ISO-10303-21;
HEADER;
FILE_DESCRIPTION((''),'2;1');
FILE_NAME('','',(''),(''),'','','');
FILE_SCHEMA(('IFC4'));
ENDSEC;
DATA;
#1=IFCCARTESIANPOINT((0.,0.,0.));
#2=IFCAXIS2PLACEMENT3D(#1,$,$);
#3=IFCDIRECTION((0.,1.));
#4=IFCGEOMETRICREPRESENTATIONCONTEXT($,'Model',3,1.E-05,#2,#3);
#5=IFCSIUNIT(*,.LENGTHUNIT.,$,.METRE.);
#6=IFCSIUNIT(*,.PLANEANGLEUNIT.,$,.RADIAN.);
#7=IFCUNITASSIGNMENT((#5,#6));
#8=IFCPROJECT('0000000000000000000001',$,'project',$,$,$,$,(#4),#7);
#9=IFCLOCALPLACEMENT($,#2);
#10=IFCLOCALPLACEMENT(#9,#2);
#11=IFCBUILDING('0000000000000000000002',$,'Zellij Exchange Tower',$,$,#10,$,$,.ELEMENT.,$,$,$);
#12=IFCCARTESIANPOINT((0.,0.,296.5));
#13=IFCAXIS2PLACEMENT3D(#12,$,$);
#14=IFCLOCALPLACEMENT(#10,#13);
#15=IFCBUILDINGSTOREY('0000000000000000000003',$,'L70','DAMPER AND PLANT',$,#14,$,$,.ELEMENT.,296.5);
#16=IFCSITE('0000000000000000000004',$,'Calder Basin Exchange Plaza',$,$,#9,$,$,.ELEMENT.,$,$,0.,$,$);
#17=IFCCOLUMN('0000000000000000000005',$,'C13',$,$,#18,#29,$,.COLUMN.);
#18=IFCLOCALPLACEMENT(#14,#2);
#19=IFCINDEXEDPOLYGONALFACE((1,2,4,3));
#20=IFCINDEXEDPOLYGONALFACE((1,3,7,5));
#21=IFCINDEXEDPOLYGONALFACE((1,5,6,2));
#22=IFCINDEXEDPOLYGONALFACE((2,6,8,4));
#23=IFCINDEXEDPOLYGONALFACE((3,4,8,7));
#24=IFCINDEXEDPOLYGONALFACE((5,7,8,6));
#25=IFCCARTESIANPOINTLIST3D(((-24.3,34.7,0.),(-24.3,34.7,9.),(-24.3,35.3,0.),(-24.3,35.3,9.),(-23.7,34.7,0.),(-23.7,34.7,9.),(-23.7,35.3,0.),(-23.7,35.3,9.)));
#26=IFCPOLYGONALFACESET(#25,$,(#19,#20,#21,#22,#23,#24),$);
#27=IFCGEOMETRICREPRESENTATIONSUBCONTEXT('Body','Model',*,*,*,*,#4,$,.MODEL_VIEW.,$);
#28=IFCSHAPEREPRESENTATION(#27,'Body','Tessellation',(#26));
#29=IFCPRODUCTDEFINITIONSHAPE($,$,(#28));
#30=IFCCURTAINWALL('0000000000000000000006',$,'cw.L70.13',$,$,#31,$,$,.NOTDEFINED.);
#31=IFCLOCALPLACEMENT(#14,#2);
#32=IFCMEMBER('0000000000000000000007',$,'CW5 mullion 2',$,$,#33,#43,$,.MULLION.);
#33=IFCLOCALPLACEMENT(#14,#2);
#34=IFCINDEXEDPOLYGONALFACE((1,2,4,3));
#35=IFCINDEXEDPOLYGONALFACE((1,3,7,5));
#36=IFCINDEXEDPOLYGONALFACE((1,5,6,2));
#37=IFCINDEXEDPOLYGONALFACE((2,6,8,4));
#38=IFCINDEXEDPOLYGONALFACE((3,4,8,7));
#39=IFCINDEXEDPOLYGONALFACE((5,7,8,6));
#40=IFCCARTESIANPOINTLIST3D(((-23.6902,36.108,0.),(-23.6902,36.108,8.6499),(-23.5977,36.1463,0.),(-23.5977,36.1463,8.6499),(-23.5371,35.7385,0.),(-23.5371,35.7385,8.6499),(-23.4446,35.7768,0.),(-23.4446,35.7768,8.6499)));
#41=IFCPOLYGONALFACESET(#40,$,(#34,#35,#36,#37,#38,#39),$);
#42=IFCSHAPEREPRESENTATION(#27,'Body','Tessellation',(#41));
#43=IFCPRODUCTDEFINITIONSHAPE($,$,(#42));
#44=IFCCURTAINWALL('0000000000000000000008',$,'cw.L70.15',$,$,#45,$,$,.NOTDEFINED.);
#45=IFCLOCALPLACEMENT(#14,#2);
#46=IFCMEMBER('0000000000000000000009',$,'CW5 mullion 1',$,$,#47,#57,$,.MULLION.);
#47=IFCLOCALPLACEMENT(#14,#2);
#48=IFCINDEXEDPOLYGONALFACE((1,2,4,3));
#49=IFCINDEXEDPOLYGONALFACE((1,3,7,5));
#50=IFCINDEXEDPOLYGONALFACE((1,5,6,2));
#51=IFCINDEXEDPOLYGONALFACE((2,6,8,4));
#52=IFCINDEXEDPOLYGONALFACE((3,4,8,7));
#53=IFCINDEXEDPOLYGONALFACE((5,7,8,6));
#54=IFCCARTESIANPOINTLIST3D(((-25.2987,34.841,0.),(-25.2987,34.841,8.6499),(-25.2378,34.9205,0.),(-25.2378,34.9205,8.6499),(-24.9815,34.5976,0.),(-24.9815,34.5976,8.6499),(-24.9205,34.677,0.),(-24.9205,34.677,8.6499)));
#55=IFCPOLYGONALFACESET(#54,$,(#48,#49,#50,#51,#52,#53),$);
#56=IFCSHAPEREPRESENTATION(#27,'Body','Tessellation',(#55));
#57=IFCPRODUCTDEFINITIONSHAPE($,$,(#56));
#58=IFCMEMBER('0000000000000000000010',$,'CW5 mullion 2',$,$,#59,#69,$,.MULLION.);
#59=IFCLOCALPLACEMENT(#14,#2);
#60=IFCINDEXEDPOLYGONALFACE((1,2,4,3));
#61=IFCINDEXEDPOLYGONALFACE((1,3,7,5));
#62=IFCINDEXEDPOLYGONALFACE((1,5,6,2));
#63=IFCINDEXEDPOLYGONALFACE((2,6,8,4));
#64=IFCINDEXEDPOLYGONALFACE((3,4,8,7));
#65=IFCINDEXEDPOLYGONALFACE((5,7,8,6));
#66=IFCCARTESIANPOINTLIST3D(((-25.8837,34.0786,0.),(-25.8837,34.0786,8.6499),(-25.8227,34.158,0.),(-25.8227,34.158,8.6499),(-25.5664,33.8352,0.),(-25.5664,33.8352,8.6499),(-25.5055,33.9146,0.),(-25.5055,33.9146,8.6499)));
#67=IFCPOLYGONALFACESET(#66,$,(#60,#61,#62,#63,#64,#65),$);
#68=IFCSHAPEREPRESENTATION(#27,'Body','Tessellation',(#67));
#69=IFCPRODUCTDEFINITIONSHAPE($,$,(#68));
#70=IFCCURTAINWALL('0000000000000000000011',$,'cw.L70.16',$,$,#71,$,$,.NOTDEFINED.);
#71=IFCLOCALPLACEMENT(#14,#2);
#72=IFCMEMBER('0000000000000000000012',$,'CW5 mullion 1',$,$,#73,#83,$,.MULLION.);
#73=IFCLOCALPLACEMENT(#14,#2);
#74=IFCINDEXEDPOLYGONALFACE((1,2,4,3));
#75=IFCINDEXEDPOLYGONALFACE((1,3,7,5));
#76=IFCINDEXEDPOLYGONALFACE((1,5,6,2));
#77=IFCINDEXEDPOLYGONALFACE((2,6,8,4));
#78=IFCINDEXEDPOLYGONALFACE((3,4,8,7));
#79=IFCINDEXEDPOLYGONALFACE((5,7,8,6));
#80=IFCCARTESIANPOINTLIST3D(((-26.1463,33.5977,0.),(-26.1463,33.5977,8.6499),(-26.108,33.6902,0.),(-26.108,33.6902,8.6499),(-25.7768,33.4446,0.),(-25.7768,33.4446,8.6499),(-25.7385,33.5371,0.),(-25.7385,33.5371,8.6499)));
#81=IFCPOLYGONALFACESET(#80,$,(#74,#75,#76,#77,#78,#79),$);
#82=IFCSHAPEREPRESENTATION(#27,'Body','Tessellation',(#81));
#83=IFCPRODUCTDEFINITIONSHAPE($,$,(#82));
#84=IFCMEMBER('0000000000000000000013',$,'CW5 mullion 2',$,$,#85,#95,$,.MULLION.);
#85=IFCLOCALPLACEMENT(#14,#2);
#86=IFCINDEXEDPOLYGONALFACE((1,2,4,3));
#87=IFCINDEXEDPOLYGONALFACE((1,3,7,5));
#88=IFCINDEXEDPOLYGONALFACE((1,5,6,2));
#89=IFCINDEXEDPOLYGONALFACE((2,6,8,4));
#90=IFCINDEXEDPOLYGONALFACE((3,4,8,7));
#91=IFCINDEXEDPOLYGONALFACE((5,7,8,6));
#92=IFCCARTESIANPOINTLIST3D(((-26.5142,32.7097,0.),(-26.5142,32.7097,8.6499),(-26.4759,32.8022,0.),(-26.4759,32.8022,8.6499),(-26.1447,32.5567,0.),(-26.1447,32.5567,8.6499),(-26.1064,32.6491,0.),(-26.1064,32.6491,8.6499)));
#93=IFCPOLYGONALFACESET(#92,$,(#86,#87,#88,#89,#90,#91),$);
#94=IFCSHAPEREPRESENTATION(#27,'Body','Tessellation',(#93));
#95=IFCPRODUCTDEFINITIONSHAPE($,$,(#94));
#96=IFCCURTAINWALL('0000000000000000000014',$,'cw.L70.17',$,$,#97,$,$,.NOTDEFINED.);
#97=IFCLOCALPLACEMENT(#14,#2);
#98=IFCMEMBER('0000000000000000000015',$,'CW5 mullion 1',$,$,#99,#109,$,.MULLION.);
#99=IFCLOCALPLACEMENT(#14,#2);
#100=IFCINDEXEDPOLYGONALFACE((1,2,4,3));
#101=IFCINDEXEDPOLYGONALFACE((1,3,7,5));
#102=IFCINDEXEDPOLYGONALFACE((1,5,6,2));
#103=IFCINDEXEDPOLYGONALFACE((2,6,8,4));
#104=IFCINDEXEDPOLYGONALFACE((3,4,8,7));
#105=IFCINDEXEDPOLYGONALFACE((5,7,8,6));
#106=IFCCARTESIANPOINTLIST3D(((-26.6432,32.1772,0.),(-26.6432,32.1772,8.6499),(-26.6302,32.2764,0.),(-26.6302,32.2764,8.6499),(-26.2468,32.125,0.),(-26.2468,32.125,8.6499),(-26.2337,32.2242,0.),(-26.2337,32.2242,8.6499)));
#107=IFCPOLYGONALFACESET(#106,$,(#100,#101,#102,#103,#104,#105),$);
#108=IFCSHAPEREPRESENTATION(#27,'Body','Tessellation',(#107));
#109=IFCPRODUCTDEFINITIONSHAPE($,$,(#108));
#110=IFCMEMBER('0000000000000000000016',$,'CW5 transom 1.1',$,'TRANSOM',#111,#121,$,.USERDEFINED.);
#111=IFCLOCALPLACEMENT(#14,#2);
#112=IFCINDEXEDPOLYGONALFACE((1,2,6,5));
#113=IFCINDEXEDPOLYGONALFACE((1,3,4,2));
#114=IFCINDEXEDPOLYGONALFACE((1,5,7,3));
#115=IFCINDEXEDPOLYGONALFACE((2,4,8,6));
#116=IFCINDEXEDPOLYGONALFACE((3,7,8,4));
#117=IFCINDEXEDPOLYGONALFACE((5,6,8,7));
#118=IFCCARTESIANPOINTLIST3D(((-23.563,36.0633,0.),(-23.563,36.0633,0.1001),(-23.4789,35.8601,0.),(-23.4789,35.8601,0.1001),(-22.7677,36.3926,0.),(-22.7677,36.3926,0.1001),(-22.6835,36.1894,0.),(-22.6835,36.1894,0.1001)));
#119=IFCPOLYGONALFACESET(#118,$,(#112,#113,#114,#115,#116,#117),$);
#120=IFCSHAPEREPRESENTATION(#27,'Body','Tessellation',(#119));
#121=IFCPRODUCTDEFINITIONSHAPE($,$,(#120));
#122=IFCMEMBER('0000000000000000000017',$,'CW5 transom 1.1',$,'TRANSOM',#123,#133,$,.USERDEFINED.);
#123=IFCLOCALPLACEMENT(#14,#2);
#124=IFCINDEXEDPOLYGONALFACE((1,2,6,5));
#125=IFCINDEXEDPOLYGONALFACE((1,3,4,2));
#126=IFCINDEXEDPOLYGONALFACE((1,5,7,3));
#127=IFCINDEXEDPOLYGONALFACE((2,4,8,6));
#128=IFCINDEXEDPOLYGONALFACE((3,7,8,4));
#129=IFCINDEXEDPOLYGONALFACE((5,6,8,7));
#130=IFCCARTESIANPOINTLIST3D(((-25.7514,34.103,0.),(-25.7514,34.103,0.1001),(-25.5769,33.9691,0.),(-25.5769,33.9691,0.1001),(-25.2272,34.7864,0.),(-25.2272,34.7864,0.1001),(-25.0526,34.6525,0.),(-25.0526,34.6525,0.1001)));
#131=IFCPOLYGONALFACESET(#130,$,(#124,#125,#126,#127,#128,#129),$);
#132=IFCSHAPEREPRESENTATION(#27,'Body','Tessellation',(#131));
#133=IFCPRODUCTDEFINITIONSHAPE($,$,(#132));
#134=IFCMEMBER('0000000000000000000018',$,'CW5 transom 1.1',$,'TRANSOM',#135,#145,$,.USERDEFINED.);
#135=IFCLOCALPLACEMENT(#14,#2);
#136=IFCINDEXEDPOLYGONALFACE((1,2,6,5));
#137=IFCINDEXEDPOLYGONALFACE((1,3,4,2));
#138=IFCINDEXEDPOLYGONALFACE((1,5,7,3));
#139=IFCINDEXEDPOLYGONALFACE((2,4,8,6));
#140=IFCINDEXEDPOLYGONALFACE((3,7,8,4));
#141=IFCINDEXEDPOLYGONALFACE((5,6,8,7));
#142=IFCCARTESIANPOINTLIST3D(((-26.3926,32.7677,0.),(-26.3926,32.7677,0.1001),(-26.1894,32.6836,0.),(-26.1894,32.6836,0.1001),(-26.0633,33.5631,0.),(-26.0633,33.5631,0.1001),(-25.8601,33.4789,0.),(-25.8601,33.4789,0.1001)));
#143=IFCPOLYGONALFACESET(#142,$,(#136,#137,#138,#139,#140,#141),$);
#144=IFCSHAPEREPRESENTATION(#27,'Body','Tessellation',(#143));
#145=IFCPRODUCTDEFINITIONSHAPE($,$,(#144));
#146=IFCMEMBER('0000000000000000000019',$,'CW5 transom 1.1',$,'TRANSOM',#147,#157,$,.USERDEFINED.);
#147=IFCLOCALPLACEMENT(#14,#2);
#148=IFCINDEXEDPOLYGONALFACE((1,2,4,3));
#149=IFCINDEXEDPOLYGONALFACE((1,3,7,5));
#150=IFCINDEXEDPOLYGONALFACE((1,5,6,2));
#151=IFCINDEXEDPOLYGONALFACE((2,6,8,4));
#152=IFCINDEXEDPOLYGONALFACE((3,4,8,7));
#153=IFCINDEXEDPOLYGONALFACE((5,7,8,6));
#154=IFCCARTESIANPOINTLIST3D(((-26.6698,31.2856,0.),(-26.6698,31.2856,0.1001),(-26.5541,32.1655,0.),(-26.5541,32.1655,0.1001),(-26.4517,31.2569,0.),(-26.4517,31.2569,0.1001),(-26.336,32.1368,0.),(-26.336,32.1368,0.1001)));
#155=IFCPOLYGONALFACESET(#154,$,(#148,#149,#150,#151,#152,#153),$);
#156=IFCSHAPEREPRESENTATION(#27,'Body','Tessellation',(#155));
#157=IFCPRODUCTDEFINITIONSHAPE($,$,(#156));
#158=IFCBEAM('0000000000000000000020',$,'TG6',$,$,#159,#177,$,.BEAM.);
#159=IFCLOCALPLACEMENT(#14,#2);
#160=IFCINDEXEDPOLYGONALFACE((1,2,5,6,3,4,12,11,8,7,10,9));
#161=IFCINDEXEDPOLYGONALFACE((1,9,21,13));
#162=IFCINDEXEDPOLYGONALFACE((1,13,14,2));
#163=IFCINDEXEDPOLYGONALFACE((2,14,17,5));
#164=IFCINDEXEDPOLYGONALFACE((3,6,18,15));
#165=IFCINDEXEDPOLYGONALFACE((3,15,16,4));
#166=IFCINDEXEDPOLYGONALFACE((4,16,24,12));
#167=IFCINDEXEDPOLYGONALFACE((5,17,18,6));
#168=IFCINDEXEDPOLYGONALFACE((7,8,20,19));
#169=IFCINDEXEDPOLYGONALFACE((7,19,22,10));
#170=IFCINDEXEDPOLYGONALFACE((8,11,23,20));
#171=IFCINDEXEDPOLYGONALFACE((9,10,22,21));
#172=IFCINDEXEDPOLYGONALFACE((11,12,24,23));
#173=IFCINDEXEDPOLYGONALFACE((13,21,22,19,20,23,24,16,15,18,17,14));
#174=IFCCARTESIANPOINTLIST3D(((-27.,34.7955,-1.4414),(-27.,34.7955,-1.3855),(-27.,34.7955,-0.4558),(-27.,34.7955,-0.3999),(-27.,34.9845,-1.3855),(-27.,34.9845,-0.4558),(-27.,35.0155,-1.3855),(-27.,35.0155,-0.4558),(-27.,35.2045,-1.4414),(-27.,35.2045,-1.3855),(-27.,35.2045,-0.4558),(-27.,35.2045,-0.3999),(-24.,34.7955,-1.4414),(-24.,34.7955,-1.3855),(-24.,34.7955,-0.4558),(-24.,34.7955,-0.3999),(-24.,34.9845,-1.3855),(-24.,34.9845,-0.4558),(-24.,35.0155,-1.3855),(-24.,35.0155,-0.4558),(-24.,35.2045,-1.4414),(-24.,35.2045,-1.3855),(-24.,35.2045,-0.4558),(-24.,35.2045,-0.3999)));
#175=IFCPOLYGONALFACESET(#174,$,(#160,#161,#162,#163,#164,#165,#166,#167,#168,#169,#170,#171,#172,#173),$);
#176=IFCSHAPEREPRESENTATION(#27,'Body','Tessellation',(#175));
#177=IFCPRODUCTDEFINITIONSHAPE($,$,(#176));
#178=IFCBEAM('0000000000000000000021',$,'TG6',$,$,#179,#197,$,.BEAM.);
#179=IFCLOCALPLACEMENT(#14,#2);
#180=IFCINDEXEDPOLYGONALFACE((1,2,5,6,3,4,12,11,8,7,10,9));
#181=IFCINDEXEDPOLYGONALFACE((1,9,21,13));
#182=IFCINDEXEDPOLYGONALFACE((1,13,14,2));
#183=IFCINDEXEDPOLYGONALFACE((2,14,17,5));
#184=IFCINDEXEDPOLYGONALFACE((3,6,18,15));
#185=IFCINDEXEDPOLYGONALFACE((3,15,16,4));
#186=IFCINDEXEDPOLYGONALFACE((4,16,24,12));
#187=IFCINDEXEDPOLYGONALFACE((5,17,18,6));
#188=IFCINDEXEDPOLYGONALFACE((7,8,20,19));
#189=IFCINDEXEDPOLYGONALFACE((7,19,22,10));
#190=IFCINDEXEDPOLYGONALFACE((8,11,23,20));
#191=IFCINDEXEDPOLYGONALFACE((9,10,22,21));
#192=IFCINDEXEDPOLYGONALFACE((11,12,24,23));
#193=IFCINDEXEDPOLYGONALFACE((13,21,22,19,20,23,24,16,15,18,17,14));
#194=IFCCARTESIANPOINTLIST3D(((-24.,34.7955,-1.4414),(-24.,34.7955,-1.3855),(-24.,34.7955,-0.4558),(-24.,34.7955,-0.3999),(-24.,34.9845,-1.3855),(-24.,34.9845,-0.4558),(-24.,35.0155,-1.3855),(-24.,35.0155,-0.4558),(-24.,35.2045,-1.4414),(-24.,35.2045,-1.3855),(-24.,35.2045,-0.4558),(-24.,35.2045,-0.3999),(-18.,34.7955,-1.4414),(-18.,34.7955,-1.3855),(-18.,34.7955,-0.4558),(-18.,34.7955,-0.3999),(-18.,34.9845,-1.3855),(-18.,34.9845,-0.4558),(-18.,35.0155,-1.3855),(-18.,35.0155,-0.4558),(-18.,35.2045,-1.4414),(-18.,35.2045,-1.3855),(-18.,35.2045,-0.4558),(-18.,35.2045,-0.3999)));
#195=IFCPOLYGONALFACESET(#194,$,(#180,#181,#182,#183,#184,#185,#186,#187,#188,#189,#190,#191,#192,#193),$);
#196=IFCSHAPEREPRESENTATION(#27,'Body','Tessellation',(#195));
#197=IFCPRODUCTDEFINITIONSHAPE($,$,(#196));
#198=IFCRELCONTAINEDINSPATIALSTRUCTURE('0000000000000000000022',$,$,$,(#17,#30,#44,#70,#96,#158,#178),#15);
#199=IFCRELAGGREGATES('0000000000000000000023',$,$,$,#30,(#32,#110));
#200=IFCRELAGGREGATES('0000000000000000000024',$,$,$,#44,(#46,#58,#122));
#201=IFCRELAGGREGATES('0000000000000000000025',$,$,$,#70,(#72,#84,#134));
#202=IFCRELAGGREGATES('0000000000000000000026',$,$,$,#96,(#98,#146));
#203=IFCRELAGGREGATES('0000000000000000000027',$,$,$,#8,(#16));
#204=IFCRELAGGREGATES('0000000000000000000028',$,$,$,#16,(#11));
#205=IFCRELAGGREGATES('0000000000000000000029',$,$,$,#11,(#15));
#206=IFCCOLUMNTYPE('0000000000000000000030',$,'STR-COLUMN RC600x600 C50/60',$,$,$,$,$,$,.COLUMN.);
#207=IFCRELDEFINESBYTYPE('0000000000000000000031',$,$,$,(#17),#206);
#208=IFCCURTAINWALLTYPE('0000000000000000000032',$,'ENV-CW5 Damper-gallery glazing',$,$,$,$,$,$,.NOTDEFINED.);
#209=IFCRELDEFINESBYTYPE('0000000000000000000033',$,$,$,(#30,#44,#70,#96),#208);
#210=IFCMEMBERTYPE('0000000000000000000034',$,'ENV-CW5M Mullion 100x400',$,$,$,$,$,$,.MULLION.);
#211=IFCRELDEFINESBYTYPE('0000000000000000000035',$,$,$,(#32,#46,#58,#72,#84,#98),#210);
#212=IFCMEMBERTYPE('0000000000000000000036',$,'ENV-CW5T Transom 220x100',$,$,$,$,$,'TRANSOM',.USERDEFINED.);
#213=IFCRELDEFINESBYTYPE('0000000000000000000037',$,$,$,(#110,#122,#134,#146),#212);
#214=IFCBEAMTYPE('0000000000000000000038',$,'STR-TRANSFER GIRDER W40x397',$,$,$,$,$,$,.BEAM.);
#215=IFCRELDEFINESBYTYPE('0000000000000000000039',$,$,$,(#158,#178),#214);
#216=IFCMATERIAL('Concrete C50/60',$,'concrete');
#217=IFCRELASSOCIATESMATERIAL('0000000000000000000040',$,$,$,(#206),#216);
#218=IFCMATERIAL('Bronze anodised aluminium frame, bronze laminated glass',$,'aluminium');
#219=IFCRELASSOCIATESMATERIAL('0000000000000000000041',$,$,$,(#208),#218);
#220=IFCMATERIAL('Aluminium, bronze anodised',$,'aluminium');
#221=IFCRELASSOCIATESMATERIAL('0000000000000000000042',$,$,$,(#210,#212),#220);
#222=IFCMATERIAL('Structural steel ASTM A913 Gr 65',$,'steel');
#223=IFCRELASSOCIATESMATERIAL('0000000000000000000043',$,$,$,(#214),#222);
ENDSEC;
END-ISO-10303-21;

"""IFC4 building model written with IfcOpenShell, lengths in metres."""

from ifc_helpers import new_model, si_unit, direction, frame, origin, origin_2d, place, context, subcontext, project, spatial, rectangle, i_section, extrude, material, material_profile, profile_set, type_object, element, aggregate, save


model = new_model("IFC4")

# Units and contexts
model_context = context("Model", 3, precision=1e-05, world=origin(), true_north=direction((0.0, 1.0)))
body_context = subcontext(model_context, "Body", "Model", "MODEL_VIEW")
ifc_project = project(units=[si_unit("LENGTHUNIT", "METRE"), si_unit("PLANEANGLEUNIT", "RADIAN")], contexts=[model_context])

# Site, building, storey
site_placement = place(None, origin())
site = spatial("IfcSite", under=ifc_project, at=site_placement, Name="Calder Basin Exchange Plaza", CompositionType="ELEMENT", RefElevation=0.0)
building_placement = place(site_placement, origin())
building = spatial("IfcBuilding", under=site, at=building_placement, Name="Zellij Exchange Tower", CompositionType="ELEMENT")
storey_placement = place(building_placement, frame((0.0, 0.0, 296.5)))
storey = spatial("IfcBuildingStorey", under=building, at=storey_placement, Name="L70", Description="DAMPER AND PLANT", CompositionType="ELEMENT", Elevation=296.5)

# Column
ifc_material_1 = material(Name="Concrete C50/60", Category="concrete")
ifc_material_profile_1 = material_profile(ifc_material_1, rectangle(XDim=0.6001, YDim=0.6001, at=origin_2d()), Name="STR-COLUMN RC600x600 C50/60")
ifc_profile_set_1 = profile_set([ifc_material_profile_1], Name="Concrete C50/60")
column_type = type_object("IfcColumnType", Name="STR-COLUMN RC600x600 C50/60", PredefinedType="COLUMN", material=ifc_profile_set_1)
column_placement = place(storey_placement, frame((-24.0, 35.0, 0.0), z_axis=(0.0, 0.0, 1.0), x_axis=(1.0, 0.0, 0.0)))
element("IfcColumn", 1, at=column_placement, inside=storey, type_object=column_type, Name="C13", PredefinedType="COLUMN", context=body_context, shape_type="SweptSolid", body=[
    extrude(rectangle(XDim=0.6001, YDim=0.6001, at=origin_2d()), origin(), (0.0, 0.0, 1.0), 9.0),
])

# Curtain wall, member
ifc_material_2 = material(Name="Bronze anodised aluminium frame, bronze laminated glass", Category="aluminium")
curtain_wall_type = type_object("IfcCurtainWallType", Name="ENV-CW5 Damper-gallery glazing", PredefinedType="NOTDEFINED", material=ifc_material_2)
curtain_wall_1_placement = place(storey_placement, origin())
curtain_wall_1 = element("IfcCurtainWall", 2, at=curtain_wall_1_placement, inside=storey, type_object=curtain_wall_type, Name="cw.L70.13", PredefinedType="NOTDEFINED")
ifc_material_3 = material(Name="Aluminium, bronze anodised", Category="aluminium")
ifc_material_profile_2 = material_profile(ifc_material_3, rectangle(XDim=0.1001, YDim=0.3999, at=origin_2d()), Name="AL 100x400")
ifc_profile_set_2 = profile_set([ifc_material_profile_2], Name="Aluminium, bronze anodised")
member_type_1 = type_object("IfcMemberType", Name="ENV-CW5M Mullion 100x400", PredefinedType="MULLION", material=ifc_profile_set_2)
member_1_placement = place(storey_placement, frame((-23.5674, 35.9424, 0.0), z_axis=(0.0, 0.0, 1.0), x_axis=(-0.92385, -0.382754, 0.0)))
member_1 = element("IfcMember", 3, at=member_1_placement, type_object=member_type_1, Name="CW5 mullion 2", PredefinedType="MULLION", context=body_context, shape_type="SweptSolid", body=[
    extrude(rectangle(XDim=0.1001, YDim=0.3999, at=origin_2d()), origin(), (0.0, 0.0, 1.0), 8.6499),
])

# Curtain walls, members
curtain_wall_2_placement = place(storey_placement, origin())
curtain_wall_2 = element("IfcCurtainWall", 4, at=curtain_wall_2_placement, inside=storey, type_object=curtain_wall_type, Name="cw.L70.15", PredefinedType="NOTDEFINED")
member_2_placement = place(storey_placement, frame((-25.1096, 34.759, 0.0), z_axis=(0.0, 0.0, 1.0), x_axis=(-0.60874, -0.79337, 0.0)))
member_2 = element("IfcMember", 5, at=member_2_placement, type_object=member_type_1, Name="CW5 mullion 1", PredefinedType="MULLION", context=body_context, shape_type="SweptSolid", body=[
    extrude(rectangle(XDim=0.1001, YDim=0.3999, at=origin_2d()), origin(), (0.0, 0.0, 1.0), 8.6499),
])
member_3_placement = place(storey_placement, frame((-25.6946, 33.9966, 0.0), z_axis=(0.0, 0.0, 1.0), x_axis=(-0.60874, -0.79337, 0.0)))
member_3 = element("IfcMember", 6, at=member_3_placement, type_object=member_type_1, Name="CW5 mullion 2", PredefinedType="MULLION", context=body_context, shape_type="SweptSolid", body=[
    extrude(rectangle(XDim=0.1001, YDim=0.3999, at=origin_2d()), origin(), (0.0, 0.0, 1.0), 8.6499),
])
curtain_wall_3_placement = place(storey_placement, origin())
curtain_wall_3 = element("IfcCurtainWall", 7, at=curtain_wall_3_placement, inside=storey, type_object=curtain_wall_type, Name="cw.L70.16", PredefinedType="NOTDEFINED")
member_4_placement = place(storey_placement, frame((-25.9424, 33.5674, 0.0), z_axis=(0.0, 0.0, 1.0), x_axis=(-0.382754, -0.92385, 0.0)))
member_4 = element("IfcMember", 8, at=member_4_placement, type_object=member_type_1, Name="CW5 mullion 1", PredefinedType="MULLION", context=body_context, shape_type="SweptSolid", body=[
    extrude(rectangle(XDim=0.1001, YDim=0.3999, at=origin_2d()), origin(), (0.0, 0.0, 1.0), 8.6499),
])
member_5_placement = place(storey_placement, frame((-26.3103, 32.6794, 0.0), z_axis=(0.0, 0.0, 1.0), x_axis=(-0.382754, -0.92385, 0.0)))
member_5 = element("IfcMember", 9, at=member_5_placement, type_object=member_type_1, Name="CW5 mullion 2", PredefinedType="MULLION", context=body_context, shape_type="SweptSolid", body=[
    extrude(rectangle(XDim=0.1001, YDim=0.3999, at=origin_2d()), origin(), (0.0, 0.0, 1.0), 8.6499),
])

# Curtain wall, member
curtain_wall_4_placement = place(storey_placement, origin())
curtain_wall_4 = element("IfcCurtainWall", 10, at=curtain_wall_4_placement, inside=storey, type_object=curtain_wall_type, Name="cw.L70.17", PredefinedType="NOTDEFINED")
member_6_placement = place(storey_placement, frame((-26.4385, 32.2007, 0.0), z_axis=(0.0, 0.0, 1.0), x_axis=(-0.130495, -0.991449, 0.0)))
member_6 = element("IfcMember", 11, at=member_6_placement, type_object=member_type_1, Name="CW5 mullion 1", PredefinedType="MULLION", context=body_context, shape_type="SweptSolid", body=[
    extrude(rectangle(XDim=0.1001, YDim=0.3999, at=origin_2d()), origin(), (0.0, 0.0, 1.0), 8.6499),
])

# Members
ifc_material_profile_3 = material_profile(ifc_material_3, rectangle(XDim=0.22, YDim=0.1001, at=origin_2d()), Name="AL 220x100")
ifc_profile_set_3 = profile_set([ifc_material_profile_3], Name="Aluminium, bronze anodised")
member_type_2 = type_object("IfcMemberType", Name="ENV-CW5T Transom 220x100", ElementType="TRANSOM", PredefinedType="USERDEFINED", material=ifc_profile_set_3)
member_7_placement = place(storey_placement, frame((-22.7256, 36.291, 0.05), z_axis=(-0.92393, -0.382561, 0.0), x_axis=(0.382561, -0.92393, 0.0)))
member_7 = element("IfcMember", 12, at=member_7_placement, type_object=member_type_2, Name="CW5 transom 1.1", ObjectType="TRANSOM", PredefinedType="USERDEFINED", context=body_context, shape_type="SweptSolid", body=[
    extrude(rectangle(XDim=0.22, YDim=0.1001, at=origin_2d()), origin(), (0.0, 0.0, 1.0), 0.8608),
])
aggregate(curtain_wall_1, [member_1, member_7])
member_8_placement = place(storey_placement, frame((-25.1399, 34.7195, 0.05), z_axis=(-0.608628, -0.793456, 0.0), x_axis=(0.793456, -0.608628, 0.0)))
member_8 = element("IfcMember", 13, at=member_8_placement, type_object=member_type_2, Name="CW5 transom 1.1", ObjectType="TRANSOM", PredefinedType="USERDEFINED", context=body_context, shape_type="SweptSolid", body=[
    extrude(rectangle(XDim=0.22, YDim=0.1001, at=origin_2d()), origin(), (0.0, 0.0, 1.0), 0.8613),
])
aggregate(curtain_wall_2, [member_2, member_3, member_8])
member_9_placement = place(storey_placement, frame((-25.9617, 33.521, 0.05), z_axis=(-0.382561, -0.92393, 0.0), x_axis=(0.92393, -0.382561, 0.0)))
member_9 = element("IfcMember", 14, at=member_9_placement, type_object=member_type_2, Name="CW5 transom 1.1", ObjectType="TRANSOM", PredefinedType="USERDEFINED", context=body_context, shape_type="SweptSolid", body=[
    extrude(rectangle(XDim=0.22, YDim=0.1001, at=origin_2d()), origin(), (0.0, 0.0, 1.0), 0.8608),
])
aggregate(curtain_wall_3, [member_4, member_5, member_9])
member_10_placement = place(storey_placement, frame((-26.4451, 32.1511, 0.05), z_axis=(-0.130398, -0.991462, 0.0), x_axis=(0.991462, -0.130398, 0.0)))
member_10 = element("IfcMember", 15, at=member_10_placement, type_object=member_type_2, Name="CW5 transom 1.1", ObjectType="TRANSOM", PredefinedType="USERDEFINED", context=body_context, shape_type="SweptSolid", body=[
    extrude(rectangle(XDim=0.22, YDim=0.1001, at=origin_2d()), origin(), (0.0, 0.0, 1.0), 0.8875),
])
aggregate(curtain_wall_4, [member_6, member_10])

# Beams
ifc_material_4 = material(Name="Structural steel ASTM A913 Gr 65", Category="steel")
ifc_material_profile_4 = material_profile(ifc_material_4, i_section(OverallWidth=0.4089, OverallDepth=1.0415, WebThickness=0.031, FlangeThickness=0.0559, at=origin_2d()), Name="W40x397")
ifc_profile_set_4 = profile_set([ifc_material_profile_4], Name="Structural steel ASTM A913 Gr 65")
beam_type = type_object("IfcBeamType", Name="STR-TRANSFER GIRDER W40x397", PredefinedType="BEAM", material=ifc_profile_set_4)
beam_1_placement = place(storey_placement, frame((-27.0, 35.0, -0.9207), z_axis=(1.0, 0.0, 0.0), x_axis=(0.0, 1.0, 0.0)))
element("IfcBeam", 16, at=beam_1_placement, inside=storey, type_object=beam_type, Name="TG6", PredefinedType="BEAM", context=body_context, shape_type="SweptSolid", body=[
    extrude(i_section(OverallWidth=0.4089, OverallDepth=1.0415, WebThickness=0.031, FlangeThickness=0.0559, at=origin_2d()), origin(), (0.0, 0.0, 1.0), 3.0),
])
beam_2_placement = place(storey_placement, frame((-24.0, 35.0, -0.9207), z_axis=(1.0, 0.0, 0.0), x_axis=(0.0, 1.0, 0.0)))
element("IfcBeam", 17, at=beam_2_placement, inside=storey, type_object=beam_type, Name="TG6", PredefinedType="BEAM", context=body_context, shape_type="SweptSolid", body=[
    extrude(i_section(OverallWidth=0.4089, OverallDepth=1.0415, WebThickness=0.031, FlangeThickness=0.0559, at=origin_2d()), origin(), (0.0, 0.0, 1.0), 6.0),
])

save(model, "model.ifc")
